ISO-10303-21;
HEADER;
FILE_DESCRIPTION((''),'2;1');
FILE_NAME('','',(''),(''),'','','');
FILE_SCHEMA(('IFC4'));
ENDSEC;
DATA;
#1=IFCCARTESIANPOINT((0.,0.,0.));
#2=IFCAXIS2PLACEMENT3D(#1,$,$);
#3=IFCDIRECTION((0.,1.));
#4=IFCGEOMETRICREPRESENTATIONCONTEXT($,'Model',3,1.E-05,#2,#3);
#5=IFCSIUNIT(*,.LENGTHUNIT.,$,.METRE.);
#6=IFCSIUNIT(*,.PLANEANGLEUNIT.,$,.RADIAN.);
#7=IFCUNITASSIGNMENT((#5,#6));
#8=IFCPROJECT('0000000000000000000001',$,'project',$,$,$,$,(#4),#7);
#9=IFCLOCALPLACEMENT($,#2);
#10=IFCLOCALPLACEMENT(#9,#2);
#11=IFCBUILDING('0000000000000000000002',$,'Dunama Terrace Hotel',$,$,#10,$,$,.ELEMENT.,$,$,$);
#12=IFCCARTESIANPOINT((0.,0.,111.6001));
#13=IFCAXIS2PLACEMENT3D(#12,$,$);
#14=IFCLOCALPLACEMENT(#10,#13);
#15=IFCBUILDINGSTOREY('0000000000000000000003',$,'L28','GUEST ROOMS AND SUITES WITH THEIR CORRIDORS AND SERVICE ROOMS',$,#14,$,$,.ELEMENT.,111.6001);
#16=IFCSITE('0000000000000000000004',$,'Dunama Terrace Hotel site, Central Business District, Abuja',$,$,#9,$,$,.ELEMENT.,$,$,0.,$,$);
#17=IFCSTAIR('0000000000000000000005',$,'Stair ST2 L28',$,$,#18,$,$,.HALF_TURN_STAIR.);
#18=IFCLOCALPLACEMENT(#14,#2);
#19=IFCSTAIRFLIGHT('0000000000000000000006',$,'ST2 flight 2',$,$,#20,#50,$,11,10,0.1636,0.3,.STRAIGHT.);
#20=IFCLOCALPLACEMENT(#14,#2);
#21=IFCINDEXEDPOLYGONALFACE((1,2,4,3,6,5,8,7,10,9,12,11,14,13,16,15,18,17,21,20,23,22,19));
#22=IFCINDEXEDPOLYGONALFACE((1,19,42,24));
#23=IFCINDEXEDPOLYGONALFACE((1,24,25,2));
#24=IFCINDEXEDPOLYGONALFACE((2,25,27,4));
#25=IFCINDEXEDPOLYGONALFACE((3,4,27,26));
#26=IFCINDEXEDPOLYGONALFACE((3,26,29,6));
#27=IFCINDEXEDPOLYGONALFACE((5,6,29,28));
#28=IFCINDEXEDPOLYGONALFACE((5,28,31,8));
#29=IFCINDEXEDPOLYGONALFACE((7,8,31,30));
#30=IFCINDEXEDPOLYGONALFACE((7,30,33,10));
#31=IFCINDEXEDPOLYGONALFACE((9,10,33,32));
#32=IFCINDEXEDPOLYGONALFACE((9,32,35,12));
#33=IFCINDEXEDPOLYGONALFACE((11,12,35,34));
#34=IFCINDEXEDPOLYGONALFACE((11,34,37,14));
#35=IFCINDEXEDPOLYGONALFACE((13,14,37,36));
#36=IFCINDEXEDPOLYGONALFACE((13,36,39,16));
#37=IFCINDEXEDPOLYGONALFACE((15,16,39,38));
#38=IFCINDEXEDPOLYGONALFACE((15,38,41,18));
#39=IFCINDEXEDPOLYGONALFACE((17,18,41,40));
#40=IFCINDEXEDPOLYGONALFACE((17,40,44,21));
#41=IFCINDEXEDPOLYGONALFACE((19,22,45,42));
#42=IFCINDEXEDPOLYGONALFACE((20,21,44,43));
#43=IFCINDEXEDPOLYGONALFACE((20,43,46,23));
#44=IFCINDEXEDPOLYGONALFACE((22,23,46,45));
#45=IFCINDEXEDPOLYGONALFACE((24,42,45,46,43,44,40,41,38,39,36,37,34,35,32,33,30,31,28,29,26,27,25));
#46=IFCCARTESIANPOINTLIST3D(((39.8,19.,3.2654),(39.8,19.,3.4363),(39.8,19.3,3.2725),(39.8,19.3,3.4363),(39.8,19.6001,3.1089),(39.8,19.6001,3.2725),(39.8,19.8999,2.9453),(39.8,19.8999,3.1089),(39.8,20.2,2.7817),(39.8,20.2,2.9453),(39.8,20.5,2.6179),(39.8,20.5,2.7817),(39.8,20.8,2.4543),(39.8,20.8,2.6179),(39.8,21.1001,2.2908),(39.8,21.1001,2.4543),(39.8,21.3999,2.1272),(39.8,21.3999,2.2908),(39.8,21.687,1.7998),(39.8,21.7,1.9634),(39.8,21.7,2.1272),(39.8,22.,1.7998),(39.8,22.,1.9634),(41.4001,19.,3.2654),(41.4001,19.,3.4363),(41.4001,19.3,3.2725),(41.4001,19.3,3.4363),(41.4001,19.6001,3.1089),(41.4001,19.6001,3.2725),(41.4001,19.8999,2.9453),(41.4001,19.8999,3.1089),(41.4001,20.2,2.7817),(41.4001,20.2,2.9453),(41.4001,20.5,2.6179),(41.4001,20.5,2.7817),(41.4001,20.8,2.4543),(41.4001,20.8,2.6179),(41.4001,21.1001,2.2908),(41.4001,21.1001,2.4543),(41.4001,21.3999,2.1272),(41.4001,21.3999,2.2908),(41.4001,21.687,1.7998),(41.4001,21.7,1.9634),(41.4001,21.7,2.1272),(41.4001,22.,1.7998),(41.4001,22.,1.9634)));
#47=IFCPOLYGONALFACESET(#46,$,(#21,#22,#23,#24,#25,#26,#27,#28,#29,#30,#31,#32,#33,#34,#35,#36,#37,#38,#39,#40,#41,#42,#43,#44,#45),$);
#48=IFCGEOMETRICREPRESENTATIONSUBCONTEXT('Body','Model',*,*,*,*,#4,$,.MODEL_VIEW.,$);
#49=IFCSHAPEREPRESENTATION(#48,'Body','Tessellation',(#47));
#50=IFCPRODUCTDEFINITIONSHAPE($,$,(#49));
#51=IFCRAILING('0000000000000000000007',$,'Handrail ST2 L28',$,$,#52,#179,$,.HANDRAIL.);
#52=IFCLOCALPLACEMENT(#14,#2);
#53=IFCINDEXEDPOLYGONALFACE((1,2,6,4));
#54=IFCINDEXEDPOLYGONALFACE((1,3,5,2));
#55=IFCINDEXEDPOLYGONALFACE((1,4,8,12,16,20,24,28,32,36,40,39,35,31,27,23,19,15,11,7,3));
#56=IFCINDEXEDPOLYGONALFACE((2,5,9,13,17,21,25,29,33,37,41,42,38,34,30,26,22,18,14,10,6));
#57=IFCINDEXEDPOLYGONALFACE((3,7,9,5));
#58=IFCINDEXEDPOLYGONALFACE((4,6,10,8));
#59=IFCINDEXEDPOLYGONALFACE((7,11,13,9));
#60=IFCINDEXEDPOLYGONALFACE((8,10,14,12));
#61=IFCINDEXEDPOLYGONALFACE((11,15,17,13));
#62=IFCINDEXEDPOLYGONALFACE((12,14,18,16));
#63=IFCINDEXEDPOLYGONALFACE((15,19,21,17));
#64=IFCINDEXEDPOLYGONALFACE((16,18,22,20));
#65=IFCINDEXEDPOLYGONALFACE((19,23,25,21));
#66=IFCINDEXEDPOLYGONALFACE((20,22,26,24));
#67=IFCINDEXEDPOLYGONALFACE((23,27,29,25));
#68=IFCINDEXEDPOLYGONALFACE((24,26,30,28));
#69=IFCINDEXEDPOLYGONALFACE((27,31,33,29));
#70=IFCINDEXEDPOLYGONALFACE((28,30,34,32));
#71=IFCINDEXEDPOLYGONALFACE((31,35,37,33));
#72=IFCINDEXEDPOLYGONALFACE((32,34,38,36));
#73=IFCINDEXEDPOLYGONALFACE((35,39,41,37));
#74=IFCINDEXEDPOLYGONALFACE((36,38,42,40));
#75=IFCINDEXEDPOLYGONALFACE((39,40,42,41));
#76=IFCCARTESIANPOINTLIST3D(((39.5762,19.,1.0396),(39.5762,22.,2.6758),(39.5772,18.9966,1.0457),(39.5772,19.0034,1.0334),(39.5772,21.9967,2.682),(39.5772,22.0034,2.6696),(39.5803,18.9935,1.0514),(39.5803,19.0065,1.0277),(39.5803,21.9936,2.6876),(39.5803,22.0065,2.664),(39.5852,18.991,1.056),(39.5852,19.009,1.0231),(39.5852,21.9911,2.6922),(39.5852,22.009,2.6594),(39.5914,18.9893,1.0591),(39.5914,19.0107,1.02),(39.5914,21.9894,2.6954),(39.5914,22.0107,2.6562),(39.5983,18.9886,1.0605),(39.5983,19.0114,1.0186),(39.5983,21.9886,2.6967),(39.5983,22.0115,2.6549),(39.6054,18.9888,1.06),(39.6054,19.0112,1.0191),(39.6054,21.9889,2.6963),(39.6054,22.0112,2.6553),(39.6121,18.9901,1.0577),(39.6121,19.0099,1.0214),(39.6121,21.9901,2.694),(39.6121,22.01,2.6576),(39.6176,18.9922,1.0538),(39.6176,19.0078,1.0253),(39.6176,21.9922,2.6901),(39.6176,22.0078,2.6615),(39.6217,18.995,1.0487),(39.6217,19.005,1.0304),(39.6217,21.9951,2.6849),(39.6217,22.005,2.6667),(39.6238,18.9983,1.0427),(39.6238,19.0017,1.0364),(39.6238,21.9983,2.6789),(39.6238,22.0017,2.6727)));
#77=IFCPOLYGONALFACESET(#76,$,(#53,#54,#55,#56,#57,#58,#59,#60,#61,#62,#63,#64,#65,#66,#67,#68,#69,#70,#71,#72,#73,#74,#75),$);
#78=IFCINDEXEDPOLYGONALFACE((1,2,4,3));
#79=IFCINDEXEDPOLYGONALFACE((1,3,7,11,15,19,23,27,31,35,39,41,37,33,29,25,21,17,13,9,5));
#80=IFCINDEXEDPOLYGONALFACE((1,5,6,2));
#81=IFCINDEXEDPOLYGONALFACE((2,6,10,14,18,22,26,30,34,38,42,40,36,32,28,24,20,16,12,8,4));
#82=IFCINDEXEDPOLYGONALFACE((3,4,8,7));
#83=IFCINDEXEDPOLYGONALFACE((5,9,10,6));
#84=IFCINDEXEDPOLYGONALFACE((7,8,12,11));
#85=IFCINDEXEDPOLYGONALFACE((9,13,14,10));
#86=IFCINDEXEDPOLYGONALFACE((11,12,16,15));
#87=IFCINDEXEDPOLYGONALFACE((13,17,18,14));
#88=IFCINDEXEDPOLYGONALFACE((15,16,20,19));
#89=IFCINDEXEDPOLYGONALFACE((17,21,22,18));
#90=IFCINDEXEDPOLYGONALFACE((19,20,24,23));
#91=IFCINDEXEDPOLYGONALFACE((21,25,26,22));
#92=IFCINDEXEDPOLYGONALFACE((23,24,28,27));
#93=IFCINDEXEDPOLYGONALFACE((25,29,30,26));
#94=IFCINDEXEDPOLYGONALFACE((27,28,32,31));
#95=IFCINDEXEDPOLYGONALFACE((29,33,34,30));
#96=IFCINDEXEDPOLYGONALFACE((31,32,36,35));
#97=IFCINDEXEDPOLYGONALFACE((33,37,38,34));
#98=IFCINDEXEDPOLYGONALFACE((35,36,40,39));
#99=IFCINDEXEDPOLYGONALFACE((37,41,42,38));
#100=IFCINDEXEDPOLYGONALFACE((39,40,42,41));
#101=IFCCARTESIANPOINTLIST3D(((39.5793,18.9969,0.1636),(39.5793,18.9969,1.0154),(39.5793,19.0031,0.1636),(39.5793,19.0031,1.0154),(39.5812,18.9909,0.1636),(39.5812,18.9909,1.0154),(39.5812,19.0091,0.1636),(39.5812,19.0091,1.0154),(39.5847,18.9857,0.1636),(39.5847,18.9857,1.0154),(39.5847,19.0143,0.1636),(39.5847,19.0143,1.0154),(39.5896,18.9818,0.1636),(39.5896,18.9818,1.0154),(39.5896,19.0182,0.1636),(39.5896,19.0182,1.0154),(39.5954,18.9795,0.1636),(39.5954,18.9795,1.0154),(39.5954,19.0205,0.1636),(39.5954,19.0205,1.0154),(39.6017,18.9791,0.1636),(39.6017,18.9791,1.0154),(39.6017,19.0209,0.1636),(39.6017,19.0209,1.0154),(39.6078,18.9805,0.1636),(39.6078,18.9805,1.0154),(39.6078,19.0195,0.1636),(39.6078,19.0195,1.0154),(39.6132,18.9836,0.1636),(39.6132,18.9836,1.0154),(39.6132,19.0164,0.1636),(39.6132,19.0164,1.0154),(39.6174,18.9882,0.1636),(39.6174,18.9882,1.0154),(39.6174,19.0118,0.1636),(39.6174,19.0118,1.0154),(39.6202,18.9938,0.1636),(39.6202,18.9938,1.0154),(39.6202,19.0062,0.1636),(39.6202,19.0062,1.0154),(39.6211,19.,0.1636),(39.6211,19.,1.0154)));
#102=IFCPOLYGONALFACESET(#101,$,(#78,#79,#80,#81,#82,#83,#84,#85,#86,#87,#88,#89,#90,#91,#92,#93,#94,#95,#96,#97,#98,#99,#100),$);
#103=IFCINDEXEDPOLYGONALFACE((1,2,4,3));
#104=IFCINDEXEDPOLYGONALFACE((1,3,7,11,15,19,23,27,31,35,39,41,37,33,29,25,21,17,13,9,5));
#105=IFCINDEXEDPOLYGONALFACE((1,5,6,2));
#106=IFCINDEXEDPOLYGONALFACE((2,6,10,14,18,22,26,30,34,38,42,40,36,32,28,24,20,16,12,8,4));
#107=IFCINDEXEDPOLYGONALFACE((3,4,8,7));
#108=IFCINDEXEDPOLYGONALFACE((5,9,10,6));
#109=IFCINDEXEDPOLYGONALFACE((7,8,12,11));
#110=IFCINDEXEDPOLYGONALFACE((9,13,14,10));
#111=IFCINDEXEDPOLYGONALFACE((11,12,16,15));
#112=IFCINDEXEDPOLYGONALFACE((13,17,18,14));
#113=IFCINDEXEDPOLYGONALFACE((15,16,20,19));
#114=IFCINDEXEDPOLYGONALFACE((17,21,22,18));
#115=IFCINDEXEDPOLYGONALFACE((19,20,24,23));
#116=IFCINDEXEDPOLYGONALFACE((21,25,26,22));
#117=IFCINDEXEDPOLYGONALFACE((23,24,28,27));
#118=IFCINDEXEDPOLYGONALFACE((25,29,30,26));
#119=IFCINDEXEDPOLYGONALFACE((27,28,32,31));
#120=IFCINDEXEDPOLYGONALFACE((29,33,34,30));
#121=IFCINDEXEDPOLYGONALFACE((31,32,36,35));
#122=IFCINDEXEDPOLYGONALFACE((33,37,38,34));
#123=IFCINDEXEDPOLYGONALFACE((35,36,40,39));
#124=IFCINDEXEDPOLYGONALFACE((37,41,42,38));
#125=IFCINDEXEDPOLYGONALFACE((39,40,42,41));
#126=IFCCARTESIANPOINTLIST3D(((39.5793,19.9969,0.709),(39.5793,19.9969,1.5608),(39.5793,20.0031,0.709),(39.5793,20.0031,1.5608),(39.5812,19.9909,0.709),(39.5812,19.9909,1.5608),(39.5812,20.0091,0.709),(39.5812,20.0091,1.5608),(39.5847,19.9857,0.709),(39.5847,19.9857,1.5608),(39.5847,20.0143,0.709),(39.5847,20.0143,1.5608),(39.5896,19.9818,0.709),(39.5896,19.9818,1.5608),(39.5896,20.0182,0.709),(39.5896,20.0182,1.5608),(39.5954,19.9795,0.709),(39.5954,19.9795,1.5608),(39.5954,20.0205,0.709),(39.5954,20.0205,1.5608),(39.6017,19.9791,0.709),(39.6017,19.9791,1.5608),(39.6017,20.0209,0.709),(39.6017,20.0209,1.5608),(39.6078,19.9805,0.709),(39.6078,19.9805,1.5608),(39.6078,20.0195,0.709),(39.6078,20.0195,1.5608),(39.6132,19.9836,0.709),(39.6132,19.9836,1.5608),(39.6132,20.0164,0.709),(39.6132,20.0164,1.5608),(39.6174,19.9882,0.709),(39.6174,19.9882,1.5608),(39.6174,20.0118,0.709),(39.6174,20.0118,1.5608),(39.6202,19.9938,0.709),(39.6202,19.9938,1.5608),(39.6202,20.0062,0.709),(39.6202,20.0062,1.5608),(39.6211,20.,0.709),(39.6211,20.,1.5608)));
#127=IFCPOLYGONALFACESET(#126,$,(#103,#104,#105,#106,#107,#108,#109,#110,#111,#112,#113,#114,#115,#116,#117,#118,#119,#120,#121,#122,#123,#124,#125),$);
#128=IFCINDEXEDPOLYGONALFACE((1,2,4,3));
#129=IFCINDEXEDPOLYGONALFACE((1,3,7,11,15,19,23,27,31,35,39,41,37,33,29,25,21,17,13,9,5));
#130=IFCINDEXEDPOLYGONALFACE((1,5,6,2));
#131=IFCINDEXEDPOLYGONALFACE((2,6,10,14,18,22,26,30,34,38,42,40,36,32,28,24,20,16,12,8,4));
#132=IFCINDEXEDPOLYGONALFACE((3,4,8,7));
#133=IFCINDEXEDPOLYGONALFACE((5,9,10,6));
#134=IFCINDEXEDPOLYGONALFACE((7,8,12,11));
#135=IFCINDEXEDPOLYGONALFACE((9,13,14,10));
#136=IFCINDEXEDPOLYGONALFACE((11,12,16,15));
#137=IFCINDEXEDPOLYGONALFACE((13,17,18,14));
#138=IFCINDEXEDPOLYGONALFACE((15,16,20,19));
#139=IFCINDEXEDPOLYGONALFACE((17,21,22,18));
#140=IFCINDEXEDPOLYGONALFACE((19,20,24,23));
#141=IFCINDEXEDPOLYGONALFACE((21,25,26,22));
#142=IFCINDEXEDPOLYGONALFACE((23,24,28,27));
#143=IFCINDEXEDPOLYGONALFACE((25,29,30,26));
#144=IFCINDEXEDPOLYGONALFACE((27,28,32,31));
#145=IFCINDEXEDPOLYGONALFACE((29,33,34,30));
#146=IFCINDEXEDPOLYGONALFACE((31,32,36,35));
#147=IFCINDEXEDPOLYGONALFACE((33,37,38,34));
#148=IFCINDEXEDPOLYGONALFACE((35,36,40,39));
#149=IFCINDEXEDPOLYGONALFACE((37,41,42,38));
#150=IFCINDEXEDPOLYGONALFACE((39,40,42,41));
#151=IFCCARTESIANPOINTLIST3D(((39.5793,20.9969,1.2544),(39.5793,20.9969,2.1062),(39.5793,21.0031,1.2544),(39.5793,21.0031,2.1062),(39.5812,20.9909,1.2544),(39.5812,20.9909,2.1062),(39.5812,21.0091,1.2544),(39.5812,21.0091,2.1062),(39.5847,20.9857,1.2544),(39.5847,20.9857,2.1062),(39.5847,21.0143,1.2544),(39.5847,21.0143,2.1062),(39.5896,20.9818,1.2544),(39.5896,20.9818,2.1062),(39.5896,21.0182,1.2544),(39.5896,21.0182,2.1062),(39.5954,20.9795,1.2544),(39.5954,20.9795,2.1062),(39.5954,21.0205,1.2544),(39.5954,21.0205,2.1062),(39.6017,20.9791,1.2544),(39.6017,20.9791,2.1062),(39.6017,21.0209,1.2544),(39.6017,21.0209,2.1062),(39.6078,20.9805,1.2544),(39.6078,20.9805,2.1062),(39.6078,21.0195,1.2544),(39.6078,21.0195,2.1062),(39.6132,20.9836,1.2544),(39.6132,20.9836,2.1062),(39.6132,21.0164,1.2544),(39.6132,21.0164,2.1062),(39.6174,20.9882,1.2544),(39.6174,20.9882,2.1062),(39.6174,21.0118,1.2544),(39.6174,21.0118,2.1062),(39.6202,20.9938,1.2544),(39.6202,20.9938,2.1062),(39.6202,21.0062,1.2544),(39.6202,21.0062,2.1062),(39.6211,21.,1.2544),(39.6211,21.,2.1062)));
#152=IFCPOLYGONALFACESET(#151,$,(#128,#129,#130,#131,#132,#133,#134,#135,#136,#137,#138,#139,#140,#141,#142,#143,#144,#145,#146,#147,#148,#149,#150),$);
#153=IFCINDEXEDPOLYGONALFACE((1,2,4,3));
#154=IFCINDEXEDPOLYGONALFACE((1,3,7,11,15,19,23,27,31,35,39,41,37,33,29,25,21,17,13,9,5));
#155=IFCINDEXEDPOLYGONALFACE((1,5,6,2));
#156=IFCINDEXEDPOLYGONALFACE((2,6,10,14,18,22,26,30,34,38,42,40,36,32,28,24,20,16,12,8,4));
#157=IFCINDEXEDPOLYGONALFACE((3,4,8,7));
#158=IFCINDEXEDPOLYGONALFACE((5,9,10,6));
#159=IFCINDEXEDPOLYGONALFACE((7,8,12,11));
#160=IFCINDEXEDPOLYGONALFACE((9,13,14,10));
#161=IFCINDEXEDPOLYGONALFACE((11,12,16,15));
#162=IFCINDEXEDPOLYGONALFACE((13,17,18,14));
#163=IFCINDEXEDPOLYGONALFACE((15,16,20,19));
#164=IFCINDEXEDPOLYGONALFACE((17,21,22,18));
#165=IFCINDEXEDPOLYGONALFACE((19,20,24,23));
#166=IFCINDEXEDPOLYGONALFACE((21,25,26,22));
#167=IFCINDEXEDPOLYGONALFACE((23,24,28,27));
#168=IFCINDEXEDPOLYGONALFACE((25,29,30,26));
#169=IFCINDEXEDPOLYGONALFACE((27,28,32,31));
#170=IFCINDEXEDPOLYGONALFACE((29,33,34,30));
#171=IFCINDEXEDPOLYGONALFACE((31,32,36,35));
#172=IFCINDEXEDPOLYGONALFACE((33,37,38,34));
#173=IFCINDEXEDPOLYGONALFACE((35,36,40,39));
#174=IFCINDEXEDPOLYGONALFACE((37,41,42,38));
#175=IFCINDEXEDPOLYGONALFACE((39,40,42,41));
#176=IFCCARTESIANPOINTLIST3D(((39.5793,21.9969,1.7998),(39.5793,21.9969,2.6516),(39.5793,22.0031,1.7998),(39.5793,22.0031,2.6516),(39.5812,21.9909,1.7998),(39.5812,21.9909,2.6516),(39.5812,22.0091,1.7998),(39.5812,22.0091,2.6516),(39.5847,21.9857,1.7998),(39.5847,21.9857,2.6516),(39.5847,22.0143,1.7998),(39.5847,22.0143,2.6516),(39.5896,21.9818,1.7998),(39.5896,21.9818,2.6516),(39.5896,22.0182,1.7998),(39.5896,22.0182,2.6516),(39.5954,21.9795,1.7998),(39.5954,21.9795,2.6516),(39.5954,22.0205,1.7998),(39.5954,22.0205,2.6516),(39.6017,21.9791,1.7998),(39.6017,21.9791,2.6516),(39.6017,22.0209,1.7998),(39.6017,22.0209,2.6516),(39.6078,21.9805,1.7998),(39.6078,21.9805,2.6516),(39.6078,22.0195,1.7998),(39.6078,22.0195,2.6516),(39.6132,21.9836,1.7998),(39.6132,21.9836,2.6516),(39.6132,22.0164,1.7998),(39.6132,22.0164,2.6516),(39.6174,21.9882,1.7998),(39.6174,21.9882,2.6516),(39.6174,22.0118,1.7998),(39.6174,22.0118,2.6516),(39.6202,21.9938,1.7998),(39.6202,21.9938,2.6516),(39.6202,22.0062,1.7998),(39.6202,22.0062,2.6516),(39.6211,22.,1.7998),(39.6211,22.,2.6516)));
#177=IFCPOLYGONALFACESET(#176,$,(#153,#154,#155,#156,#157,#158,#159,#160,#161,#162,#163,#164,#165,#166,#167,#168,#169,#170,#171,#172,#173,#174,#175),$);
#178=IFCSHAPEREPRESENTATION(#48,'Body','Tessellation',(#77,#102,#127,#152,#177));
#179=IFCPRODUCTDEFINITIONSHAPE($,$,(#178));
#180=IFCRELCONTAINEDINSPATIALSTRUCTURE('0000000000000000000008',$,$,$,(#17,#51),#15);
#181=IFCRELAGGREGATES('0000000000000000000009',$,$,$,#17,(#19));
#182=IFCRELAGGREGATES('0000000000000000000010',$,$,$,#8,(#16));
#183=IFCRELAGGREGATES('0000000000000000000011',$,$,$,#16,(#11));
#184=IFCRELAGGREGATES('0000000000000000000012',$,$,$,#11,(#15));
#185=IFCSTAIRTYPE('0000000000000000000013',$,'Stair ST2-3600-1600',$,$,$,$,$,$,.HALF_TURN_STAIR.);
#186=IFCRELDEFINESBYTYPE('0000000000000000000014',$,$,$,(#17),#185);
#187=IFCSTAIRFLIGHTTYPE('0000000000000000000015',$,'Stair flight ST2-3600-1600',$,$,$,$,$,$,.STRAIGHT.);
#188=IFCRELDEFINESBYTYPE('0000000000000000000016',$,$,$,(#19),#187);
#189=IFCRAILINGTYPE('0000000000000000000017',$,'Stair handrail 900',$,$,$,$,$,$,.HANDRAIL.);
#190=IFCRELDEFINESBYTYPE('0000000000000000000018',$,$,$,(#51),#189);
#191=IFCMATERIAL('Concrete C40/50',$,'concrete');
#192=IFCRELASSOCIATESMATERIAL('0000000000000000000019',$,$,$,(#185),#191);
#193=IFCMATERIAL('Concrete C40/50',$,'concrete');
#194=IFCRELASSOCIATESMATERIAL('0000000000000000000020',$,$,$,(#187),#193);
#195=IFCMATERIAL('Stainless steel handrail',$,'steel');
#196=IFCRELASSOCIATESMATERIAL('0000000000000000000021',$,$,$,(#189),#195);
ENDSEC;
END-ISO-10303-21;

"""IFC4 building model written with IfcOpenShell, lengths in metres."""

from ifc_helpers import new_model, si_unit, direction, frame, origin, origin_2d, place, context, subcontext, project, spatial, polyline, circle, outline, extrude, material, type_object, element, aggregate, save


model = new_model("IFC4")

# Units and contexts
model_context = context("Model", 3, precision=1e-05, world=origin(), true_north=direction((0.0, 1.0)))
body_context = subcontext(model_context, "Body", "Model", "MODEL_VIEW")
ifc_project = project(units=[si_unit("LENGTHUNIT", "METRE"), si_unit("PLANEANGLEUNIT", "RADIAN")], contexts=[model_context])

# Site, building, storey
site_placement = place(None, origin())
site = spatial("IfcSite", under=ifc_project, at=site_placement, Name="Dunama Terrace Hotel site, Central Business District, Abuja", CompositionType="ELEMENT", RefElevation=0.0)
building_placement = place(site_placement, origin())
building = spatial("IfcBuilding", under=site, at=building_placement, Name="Dunama Terrace Hotel", CompositionType="ELEMENT")
storey_placement = place(building_placement, frame((0.0, 0.0, 111.6001)))
storey = spatial("IfcBuildingStorey", under=building, at=storey_placement, Name="L28", Description="GUEST ROOMS AND SUITES WITH THEIR CORRIDORS AND SERVICE ROOMS", CompositionType="ELEMENT", Elevation=111.6001)

# Stair, stair flight
ifc_material_1 = material(Name="Concrete C40/50", Category="concrete")
stair_type = type_object("IfcStairType", Name="Stair ST2-3600-1600", PredefinedType="HALF_TURN_STAIR", material=ifc_material_1)
stair_placement = place(storey_placement, origin())
stair = element("IfcStair", 1, at=stair_placement, inside=storey, type_object=stair_type, Name="Stair ST2 L28", PredefinedType="HALF_TURN_STAIR")
ifc_material_2 = material(Name="Concrete C40/50", Category="concrete")
stair_flight_type = type_object("IfcStairFlightType", Name="Stair flight ST2-3600-1600", PredefinedType="STRAIGHT", material=ifc_material_2)
stair_flight_1_placement = place(storey_placement, frame((40.6001, 22.0, 1.7998), z_axis=(0.0, 0.0, 1.0), x_axis=(0.0, -1.0, 0.0)))
stair_flight_1 = element("IfcStairFlight", 2, at=stair_flight_1_placement, type_object=stair_flight_type, Name="ST2 flight 2", NumberOfRisers=11, NumberOfTreads=10, PredefinedType="STRAIGHT", RiserHeight=0.1636, TreadLength=0.3, context=body_context, shape_type="SweptSolid", body=[
    extrude(outline(polyline([(0.0, 0.0), (0.0, 0.1636), (0.3, 0.1636), (0.3, 0.3274), (0.6001, 0.3274), (0.6001, 0.491), (0.8999, 0.491), (0.8999, 0.6545), (1.2, 0.6545), (1.2, 0.8181), (1.5, 0.8181), (1.5, 0.9819), (1.8, 0.9819), (1.8, 1.1455), (2.1001, 1.1455), (2.1001, 1.3091), (2.3999, 1.3091), (2.3999, 1.4727), (2.7, 1.4727), (2.7, 1.6365), (3.0, 1.6365), (3.0, 1.8), (3.0, 1.4656), (0.313, 0.0), (0.0, 0.0)])), frame((0.0, 0.8, 0.0), z_axis=(0.0, -1.0, 0.0), x_axis=(1.0, 0.0, 0.0)), (0.0, 0.0, 1.0), 1.6001),
])
aggregate(stair, [stair_flight_1])

# Railing
ifc_material_3 = material(Name="Stainless steel handrail", Category="steel")
railing_type = type_object("IfcRailingType", Name="Stair handrail 900", PredefinedType="HANDRAIL", material=ifc_material_3)
railing_1_placement = place(storey_placement, frame((39.6001, 19.0, 0.1636)))
element("IfcRailing", 3, at=railing_1_placement, inside=storey, type_object=railing_type, Name="Handrail ST2 L28", PredefinedType="HANDRAIL", context=body_context, shape_type="SweptSolid", body=[
    extrude(circle(Radius=0.0239, at=origin_2d()), frame((0.0, 0.0, 0.876), z_axis=(0.0, 0.877912, 0.478822), x_axis=(-1.0, 0.0, 0.0)), (0.0, 0.0, 1.0), 3.4172),
    extrude(circle(Radius=0.021, at=origin_2d()), origin(), (0.0, 0.0, 1.0), 0.8518),
    extrude(circle(Radius=0.021, at=origin_2d()), frame((0.0, 1.0, 0.5454)), (0.0, 0.0, 1.0), 0.8518),
    extrude(circle(Radius=0.021, at=origin_2d()), frame((0.0, 2.0, 1.0908)), (0.0, 0.0, 1.0), 0.8518),
    extrude(circle(Radius=0.021, at=origin_2d()), frame((0.0, 3.0, 1.6362)), (0.0, 0.0, 1.0), 0.8518),
])

save(model, "model.ifc")
